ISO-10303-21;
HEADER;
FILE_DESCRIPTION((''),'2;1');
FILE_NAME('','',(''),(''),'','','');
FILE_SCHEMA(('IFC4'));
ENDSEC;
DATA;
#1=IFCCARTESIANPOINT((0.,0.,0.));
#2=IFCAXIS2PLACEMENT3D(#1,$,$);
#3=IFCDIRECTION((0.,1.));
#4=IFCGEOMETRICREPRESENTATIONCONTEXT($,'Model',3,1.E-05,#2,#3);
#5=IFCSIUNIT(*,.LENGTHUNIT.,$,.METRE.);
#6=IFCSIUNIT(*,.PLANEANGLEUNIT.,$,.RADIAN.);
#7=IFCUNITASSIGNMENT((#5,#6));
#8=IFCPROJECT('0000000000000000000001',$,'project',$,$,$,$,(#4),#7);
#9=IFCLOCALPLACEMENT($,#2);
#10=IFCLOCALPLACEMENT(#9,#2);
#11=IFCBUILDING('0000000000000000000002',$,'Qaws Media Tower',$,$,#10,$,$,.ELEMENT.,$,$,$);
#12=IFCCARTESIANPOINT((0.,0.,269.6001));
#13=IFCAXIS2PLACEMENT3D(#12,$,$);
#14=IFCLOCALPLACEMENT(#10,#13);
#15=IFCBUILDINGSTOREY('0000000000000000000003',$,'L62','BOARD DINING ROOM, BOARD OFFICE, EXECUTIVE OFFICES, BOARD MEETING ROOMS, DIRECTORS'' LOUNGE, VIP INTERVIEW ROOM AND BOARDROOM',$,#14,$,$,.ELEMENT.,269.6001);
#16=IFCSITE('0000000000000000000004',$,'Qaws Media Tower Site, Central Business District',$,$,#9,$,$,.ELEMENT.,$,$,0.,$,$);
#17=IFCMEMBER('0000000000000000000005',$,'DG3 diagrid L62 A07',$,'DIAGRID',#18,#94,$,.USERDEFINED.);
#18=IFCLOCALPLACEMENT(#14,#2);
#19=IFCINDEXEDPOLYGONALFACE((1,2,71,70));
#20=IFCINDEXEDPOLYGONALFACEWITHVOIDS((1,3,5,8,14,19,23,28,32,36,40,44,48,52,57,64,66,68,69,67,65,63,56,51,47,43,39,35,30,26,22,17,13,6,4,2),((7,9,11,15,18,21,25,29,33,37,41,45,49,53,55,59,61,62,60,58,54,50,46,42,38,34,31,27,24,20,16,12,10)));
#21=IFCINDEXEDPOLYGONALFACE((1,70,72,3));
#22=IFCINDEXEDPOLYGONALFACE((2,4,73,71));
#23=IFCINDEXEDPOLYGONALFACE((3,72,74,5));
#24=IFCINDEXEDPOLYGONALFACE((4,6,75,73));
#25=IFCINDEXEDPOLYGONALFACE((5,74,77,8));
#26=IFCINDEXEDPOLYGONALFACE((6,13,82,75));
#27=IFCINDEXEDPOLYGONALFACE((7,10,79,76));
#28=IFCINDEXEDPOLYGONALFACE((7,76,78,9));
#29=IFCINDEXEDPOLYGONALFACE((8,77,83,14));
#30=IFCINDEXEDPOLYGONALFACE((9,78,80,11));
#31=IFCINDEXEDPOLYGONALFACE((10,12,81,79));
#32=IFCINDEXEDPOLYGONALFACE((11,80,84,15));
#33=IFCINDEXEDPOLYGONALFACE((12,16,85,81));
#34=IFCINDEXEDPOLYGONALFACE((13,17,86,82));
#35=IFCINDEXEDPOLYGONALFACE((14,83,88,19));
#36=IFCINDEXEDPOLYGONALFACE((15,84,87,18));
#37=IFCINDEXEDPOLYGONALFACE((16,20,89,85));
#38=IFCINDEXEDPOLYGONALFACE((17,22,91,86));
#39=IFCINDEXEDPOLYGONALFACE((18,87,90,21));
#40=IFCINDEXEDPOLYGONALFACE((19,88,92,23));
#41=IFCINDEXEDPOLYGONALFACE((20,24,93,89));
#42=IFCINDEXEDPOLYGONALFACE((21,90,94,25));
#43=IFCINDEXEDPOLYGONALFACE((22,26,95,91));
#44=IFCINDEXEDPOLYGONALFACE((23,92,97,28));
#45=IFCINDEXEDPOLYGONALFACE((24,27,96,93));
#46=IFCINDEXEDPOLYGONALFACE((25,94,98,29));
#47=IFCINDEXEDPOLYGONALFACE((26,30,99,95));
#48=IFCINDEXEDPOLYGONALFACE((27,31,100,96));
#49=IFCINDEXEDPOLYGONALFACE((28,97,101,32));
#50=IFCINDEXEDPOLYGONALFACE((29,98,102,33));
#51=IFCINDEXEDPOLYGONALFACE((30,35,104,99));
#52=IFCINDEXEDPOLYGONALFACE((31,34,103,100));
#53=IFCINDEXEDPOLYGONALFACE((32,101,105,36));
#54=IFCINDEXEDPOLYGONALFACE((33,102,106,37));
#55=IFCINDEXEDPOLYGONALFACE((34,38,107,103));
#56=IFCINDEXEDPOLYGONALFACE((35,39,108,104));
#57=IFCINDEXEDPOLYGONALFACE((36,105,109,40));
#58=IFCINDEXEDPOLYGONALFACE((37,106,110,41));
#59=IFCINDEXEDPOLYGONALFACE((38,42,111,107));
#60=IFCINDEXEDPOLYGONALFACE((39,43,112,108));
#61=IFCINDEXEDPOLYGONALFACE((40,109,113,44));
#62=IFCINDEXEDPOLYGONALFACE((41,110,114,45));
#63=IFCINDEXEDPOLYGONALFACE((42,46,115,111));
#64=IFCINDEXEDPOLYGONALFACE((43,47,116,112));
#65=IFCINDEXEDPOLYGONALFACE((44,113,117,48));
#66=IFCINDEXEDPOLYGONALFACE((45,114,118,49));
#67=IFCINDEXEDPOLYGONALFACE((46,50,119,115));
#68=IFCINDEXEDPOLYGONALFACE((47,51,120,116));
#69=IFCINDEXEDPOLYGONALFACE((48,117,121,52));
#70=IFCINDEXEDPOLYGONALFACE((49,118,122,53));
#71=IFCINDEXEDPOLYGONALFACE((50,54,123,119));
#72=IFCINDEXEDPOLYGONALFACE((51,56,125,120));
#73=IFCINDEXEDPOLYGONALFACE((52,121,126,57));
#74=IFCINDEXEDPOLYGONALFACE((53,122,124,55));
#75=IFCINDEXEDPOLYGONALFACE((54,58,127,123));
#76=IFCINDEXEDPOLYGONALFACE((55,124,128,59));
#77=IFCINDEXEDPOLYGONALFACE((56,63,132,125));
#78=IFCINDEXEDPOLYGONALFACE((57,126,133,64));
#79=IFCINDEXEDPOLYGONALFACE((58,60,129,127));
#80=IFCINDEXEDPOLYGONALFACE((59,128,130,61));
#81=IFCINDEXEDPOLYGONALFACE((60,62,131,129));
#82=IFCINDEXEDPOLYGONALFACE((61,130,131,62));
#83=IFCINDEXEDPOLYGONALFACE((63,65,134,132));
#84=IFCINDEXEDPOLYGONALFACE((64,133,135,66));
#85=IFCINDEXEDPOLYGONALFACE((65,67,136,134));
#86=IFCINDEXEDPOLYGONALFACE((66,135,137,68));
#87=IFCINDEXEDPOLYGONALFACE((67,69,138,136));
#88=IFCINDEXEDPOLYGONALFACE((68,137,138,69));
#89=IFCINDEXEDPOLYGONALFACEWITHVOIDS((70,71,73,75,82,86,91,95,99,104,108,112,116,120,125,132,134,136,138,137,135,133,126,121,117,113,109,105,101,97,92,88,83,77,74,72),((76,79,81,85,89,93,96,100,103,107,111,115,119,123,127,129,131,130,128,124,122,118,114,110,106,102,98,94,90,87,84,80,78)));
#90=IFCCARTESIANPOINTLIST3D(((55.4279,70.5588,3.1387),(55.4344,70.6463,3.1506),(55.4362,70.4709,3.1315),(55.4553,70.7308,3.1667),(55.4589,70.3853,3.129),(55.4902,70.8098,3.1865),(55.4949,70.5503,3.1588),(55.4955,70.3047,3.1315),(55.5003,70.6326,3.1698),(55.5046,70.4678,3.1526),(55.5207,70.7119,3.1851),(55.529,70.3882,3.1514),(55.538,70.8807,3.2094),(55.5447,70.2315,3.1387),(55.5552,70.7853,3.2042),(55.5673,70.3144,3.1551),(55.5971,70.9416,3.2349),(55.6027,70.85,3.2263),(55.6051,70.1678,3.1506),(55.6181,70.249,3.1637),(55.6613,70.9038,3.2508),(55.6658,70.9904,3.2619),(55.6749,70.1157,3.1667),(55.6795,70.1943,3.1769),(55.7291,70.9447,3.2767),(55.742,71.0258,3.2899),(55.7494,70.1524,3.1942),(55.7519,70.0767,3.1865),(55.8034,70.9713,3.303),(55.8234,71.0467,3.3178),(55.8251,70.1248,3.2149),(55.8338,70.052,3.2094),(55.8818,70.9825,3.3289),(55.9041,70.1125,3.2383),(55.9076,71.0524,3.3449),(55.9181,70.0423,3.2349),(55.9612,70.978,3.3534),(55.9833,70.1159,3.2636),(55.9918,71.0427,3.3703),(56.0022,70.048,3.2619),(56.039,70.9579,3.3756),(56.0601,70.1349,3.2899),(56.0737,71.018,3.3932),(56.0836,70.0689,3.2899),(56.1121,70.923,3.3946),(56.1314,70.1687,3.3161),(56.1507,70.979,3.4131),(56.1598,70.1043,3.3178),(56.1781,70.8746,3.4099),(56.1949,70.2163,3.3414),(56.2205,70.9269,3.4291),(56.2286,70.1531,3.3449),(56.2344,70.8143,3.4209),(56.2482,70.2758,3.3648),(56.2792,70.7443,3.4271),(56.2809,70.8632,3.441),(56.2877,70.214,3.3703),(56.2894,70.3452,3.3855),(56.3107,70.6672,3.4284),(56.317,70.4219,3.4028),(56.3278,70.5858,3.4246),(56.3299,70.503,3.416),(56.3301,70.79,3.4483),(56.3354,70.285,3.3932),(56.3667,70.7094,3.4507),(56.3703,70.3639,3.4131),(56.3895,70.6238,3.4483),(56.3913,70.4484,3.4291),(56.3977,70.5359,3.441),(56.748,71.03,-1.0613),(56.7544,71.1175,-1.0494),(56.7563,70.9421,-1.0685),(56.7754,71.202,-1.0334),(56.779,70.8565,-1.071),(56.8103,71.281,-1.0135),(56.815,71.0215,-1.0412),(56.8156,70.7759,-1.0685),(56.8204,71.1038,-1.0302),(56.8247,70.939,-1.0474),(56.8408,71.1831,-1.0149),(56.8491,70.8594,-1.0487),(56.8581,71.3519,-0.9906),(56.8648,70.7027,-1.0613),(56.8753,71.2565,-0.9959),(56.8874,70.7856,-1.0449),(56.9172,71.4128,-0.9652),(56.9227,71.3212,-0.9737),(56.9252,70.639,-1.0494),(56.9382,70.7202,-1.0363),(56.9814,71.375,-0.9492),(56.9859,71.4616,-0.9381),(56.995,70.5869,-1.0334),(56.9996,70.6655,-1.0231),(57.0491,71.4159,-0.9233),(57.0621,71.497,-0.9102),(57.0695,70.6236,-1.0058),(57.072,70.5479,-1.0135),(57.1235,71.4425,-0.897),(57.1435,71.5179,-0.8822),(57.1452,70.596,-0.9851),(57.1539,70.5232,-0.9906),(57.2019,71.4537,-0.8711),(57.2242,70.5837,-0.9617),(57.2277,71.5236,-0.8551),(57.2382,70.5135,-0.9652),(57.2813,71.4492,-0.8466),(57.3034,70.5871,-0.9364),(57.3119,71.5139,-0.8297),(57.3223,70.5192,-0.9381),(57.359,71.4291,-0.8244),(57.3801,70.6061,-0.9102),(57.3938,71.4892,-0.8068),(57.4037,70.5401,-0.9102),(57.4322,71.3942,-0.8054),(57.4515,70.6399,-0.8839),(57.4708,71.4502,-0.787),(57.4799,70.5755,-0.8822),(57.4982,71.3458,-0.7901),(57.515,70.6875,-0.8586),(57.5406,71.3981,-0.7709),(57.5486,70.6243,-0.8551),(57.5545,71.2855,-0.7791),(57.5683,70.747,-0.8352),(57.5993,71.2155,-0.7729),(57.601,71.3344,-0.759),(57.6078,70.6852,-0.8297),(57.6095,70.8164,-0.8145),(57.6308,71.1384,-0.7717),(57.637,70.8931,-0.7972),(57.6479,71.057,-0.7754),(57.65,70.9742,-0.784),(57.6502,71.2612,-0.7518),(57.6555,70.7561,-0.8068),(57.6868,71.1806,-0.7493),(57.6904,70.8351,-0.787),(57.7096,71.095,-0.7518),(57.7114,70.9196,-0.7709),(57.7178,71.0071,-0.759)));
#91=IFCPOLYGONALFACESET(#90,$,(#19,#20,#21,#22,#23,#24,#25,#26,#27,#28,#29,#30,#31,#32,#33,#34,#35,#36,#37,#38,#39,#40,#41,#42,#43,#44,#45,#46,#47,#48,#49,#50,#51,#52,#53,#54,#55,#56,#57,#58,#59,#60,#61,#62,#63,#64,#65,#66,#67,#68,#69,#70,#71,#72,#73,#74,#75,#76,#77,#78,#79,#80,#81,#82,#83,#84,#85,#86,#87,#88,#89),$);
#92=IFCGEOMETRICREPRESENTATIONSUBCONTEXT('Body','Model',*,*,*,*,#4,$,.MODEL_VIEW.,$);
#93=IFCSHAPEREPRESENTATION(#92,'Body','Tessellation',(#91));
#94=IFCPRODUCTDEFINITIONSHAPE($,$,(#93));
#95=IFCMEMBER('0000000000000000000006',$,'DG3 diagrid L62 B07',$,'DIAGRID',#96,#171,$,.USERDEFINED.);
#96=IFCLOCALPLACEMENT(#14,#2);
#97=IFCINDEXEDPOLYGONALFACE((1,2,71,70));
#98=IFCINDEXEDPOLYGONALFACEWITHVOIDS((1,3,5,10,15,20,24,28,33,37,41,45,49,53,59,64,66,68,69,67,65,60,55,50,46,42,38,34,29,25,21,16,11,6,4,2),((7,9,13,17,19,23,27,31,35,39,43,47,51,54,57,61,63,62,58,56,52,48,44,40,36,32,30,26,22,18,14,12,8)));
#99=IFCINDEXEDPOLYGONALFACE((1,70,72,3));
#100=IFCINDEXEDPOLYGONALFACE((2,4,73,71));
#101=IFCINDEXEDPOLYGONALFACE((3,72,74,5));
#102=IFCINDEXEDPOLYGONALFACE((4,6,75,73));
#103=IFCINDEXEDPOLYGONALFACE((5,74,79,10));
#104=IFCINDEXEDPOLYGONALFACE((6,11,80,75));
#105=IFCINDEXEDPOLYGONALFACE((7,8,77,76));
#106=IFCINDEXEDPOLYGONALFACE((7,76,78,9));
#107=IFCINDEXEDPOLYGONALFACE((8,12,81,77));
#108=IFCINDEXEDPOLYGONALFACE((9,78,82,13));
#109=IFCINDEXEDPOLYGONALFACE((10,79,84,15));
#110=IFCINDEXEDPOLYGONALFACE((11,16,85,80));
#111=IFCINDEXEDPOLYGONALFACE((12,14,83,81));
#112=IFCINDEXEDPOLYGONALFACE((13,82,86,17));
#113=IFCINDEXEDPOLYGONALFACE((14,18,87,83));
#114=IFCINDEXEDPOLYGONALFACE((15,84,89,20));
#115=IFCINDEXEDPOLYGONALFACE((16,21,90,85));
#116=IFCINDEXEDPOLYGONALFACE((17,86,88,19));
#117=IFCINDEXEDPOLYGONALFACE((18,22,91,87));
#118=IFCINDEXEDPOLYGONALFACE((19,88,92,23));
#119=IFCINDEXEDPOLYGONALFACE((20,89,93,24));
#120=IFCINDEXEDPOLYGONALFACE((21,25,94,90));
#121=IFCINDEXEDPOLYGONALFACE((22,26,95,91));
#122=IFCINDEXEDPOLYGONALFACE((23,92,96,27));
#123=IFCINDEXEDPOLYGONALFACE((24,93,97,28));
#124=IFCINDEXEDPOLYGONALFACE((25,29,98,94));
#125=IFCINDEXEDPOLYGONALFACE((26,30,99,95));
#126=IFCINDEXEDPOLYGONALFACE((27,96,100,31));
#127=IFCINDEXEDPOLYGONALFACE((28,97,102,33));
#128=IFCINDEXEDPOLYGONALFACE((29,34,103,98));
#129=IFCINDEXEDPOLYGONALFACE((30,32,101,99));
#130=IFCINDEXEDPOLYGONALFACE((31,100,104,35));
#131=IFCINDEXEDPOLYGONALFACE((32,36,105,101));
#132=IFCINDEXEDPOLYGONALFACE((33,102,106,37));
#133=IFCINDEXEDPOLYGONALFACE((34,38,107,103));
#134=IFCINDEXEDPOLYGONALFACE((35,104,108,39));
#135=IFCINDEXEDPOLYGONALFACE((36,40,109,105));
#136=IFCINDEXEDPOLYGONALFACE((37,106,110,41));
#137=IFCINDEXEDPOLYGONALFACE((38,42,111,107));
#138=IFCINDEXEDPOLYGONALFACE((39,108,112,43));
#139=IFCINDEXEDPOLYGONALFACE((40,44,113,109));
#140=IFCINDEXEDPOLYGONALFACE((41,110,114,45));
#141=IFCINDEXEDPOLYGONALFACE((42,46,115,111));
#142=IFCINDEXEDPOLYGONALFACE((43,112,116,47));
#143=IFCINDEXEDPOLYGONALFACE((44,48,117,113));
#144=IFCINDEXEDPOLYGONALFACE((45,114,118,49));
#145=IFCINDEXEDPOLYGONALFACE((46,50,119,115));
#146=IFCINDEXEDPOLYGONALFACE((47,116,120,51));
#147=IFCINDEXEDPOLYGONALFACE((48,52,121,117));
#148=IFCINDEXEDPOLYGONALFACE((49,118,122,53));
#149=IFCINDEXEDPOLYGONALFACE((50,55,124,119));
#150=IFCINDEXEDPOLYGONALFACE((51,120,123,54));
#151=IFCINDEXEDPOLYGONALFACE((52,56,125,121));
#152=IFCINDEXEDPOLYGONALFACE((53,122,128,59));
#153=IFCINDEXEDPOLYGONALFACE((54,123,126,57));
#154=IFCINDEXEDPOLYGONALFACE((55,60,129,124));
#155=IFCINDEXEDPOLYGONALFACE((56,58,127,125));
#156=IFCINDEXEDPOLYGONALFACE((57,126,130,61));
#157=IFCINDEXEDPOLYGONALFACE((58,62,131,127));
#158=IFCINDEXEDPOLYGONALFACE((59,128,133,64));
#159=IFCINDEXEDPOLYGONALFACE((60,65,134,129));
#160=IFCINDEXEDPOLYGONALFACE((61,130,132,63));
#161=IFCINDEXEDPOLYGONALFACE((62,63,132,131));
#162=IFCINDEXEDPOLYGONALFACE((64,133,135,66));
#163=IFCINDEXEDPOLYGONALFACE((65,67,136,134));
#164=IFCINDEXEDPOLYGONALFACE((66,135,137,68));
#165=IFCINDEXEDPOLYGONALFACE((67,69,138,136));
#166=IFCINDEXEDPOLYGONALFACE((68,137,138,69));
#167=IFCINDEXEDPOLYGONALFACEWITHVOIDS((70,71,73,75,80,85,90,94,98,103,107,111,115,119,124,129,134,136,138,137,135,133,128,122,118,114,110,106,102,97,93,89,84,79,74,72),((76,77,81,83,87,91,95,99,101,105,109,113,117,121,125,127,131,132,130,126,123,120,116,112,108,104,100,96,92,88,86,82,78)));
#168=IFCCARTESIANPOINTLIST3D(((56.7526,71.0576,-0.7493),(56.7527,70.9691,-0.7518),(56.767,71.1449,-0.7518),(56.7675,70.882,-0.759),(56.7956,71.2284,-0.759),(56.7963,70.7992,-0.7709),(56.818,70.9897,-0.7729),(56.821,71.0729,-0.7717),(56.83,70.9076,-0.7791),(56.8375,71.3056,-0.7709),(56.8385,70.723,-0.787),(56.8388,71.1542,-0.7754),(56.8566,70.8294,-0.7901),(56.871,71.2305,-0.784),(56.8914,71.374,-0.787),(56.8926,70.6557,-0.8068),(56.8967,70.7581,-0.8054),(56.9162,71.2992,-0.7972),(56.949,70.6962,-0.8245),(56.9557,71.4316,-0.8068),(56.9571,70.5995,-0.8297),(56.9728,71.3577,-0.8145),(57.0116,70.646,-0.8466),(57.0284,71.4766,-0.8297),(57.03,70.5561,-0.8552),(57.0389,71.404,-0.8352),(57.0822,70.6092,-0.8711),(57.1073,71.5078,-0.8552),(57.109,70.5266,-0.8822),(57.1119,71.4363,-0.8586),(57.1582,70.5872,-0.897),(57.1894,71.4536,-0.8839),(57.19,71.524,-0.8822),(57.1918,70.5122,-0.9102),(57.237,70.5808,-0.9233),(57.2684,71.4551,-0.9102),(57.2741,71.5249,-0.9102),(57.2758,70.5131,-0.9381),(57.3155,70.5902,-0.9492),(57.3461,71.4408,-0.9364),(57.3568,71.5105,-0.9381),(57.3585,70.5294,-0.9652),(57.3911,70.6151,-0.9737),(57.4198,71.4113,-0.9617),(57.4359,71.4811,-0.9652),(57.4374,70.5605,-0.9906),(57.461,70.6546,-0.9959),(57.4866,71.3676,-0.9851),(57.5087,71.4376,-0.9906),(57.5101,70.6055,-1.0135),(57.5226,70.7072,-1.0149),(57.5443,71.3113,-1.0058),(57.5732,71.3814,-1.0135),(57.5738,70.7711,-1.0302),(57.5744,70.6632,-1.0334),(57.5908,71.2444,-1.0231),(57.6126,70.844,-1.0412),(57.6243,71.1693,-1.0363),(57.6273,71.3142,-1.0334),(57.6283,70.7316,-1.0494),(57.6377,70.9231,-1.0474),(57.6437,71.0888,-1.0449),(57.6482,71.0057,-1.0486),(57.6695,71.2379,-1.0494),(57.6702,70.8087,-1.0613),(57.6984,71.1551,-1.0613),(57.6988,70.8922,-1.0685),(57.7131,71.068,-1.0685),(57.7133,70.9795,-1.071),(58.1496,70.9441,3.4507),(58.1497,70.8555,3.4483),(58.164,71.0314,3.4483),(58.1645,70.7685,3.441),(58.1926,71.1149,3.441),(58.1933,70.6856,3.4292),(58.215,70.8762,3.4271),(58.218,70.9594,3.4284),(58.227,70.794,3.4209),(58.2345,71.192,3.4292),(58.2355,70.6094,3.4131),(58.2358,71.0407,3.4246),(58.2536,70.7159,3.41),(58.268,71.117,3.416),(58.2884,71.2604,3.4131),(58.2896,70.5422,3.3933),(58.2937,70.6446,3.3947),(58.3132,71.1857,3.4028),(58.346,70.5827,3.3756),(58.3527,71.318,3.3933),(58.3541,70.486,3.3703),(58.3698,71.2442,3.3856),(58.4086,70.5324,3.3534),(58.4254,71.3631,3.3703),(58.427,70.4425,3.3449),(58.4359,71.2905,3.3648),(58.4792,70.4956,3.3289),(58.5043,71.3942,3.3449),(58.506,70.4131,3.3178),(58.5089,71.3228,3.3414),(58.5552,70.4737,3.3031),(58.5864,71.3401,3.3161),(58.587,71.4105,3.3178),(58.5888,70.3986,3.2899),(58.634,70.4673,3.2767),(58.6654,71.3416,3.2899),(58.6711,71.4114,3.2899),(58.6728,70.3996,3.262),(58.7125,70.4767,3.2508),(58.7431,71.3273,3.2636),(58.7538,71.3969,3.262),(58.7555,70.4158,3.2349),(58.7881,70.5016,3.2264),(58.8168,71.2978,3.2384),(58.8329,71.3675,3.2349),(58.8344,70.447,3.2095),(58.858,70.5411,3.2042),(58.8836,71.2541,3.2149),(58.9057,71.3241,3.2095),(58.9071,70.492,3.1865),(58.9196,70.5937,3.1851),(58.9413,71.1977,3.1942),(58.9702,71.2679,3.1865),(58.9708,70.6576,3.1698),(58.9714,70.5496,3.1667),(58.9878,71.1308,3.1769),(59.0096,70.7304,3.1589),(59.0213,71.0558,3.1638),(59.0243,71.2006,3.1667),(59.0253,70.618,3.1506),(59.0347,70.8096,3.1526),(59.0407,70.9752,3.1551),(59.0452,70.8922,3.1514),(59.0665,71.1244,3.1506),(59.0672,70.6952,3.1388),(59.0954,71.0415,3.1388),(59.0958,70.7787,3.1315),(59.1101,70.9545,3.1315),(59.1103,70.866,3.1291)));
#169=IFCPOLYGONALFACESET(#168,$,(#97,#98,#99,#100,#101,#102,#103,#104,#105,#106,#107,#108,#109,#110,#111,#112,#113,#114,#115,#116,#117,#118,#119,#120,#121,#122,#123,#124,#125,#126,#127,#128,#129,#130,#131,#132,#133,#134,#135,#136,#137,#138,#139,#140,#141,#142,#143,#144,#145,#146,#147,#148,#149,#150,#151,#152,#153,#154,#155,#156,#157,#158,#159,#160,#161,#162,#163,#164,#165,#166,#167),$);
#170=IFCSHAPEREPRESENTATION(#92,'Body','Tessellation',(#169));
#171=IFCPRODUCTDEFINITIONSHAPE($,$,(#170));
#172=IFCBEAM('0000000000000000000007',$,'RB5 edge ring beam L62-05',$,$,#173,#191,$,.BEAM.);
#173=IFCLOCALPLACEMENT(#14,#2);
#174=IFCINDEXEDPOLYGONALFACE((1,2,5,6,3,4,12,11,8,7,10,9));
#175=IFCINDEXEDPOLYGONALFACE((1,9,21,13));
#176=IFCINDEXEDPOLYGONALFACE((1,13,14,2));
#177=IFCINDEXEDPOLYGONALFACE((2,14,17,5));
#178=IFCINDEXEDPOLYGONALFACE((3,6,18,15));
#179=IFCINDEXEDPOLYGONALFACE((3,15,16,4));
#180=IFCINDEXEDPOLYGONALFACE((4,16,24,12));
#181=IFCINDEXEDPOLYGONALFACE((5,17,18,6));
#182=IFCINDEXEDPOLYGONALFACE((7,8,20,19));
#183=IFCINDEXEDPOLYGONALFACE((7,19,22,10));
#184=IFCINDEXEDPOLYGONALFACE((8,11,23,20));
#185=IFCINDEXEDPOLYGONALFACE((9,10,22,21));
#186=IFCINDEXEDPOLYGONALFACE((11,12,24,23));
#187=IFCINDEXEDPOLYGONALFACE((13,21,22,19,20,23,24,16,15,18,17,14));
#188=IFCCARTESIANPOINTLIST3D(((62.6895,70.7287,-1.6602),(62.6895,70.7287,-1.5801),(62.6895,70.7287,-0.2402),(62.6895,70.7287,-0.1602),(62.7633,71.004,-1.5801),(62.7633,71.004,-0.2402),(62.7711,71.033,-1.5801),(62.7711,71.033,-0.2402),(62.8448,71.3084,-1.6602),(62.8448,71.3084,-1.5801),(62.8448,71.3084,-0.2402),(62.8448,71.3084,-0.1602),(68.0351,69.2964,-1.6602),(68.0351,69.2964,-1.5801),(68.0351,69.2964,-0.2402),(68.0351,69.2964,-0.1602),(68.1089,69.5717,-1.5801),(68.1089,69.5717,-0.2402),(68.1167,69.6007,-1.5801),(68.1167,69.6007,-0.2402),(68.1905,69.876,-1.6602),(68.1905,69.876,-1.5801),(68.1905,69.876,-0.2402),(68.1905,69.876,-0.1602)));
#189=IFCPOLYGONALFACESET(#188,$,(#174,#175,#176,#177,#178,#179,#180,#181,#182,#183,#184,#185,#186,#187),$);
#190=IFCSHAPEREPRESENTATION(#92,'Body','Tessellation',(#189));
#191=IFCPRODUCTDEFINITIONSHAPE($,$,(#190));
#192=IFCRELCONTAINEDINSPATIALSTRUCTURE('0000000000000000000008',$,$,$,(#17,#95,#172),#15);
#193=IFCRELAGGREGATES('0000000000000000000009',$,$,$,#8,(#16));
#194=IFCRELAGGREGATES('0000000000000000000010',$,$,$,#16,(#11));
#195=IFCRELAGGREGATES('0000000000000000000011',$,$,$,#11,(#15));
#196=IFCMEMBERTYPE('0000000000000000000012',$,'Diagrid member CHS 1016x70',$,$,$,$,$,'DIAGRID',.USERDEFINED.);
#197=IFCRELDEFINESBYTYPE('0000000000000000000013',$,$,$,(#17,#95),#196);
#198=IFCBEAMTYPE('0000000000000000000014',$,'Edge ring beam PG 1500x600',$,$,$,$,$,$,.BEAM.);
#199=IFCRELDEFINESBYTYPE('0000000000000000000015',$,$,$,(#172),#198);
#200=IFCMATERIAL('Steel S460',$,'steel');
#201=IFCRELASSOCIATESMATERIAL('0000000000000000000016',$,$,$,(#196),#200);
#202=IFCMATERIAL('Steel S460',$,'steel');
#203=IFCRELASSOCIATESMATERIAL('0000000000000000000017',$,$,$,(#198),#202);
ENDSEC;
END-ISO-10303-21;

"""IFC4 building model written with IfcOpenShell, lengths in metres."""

from ifc_helpers import new_model, si_unit, direction, frame, origin, origin_2d, place, context, subcontext, project, spatial, hollow_circle, i_section, extrude, material, material_profile, profile_set, type_object, element, save


model = new_model("IFC4")

# Units and contexts
model_context = context("Model", 3, precision=1e-05, world=origin(), true_north=direction((0.0, 1.0)))
body_context = subcontext(model_context, "Body", "Model", "MODEL_VIEW")
ifc_project = project(units=[si_unit("LENGTHUNIT", "METRE"), si_unit("PLANEANGLEUNIT", "RADIAN")], contexts=[model_context])

# Site, building, storey
site_placement = place(None, origin())
site = spatial("IfcSite", under=ifc_project, at=site_placement, Name="Qaws Media Tower Site, Central Business District", CompositionType="ELEMENT", RefElevation=0.0)
building_placement = place(site_placement, origin())
building = spatial("IfcBuilding", under=site, at=building_placement, Name="Qaws Media Tower", CompositionType="ELEMENT")
storey_placement = place(building_placement, frame((0.0, 0.0, 269.6001)))
storey = spatial("IfcBuildingStorey", under=building, at=storey_placement, Name="L62", Description="BOARD DINING ROOM, BOARD OFFICE, EXECUTIVE OFFICES, BOARD MEETING ROOMS, DIRECTORS' LOUNGE, VIP INTERVIEW ROOM AND BOARDROOM", CompositionType="ELEMENT", Elevation=269.6001)

# Members
ifc_material_1 = material(Name="Steel S460", Category="steel")
ifc_material_profile_1 = material_profile(ifc_material_1, hollow_circle(Radius=0.5081, WallThickness=0.0701, at=origin_2d()), Name="CHS 1016x70")
ifc_profile_set_1 = profile_set([ifc_material_profile_1], Name="Steel S460")
member_type_1 = type_object("IfcMemberType", Name="Diagrid member CHS 1016x70", ElementType="DIAGRID", PredefinedType="USERDEFINED", material=ifc_profile_set_1)
for number, where, z_axis, x_axis, name in (
    (1, (57.2329, 71.0186, -0.9102), (-0.298141, -0.10642, 0.948571), (0.336171, -0.941801, 0.0), "DG3 diagrid L62 A07"),
    (2, (57.2329, 71.0186, -0.9102), (0.315512, -0.02564, 0.948575), (0.080998, 0.996714, 0.0), "DG3 diagrid L62 B07"),
):
    element("IfcMember", number, at=place(storey_placement, frame(where, z_axis=z_axis, x_axis=x_axis)), inside=storey, type_object=member_type_1, Name=name, ObjectType="DIAGRID", PredefinedType="USERDEFINED", context=body_context, shape_type="SweptSolid", body=[
        extrude(hollow_circle(Radius=0.5081, WallThickness=0.0701, at=origin_2d()), origin(), (0.0, 0.0, 1.0), 4.4277),
    ])

# Beam
ifc_material_2 = material(Name="Steel S460", Category="steel")
ifc_material_profile_2 = material_profile(ifc_material_2, i_section(OverallWidth=0.6001, OverallDepth=1.5, WebThickness=0.03, FlangeThickness=0.0801, at=origin_2d()), Name="PG 1500x600")
ifc_profile_set_2 = profile_set([ifc_material_profile_2], Name="Steel S460")
beam_type = type_object("IfcBeamType", Name="Edge ring beam PG 1500x600", PredefinedType="BEAM", material=ifc_profile_set_2)
for number, where, z_axis, x_axis, name in (
    (3, (68.1128, 69.5862, -0.9102), (-0.965926, 0.258818, 0.0), (-0.258818, -0.965926, 0.0), "RB5 edge ring beam L62-05"),
):
    element("IfcBeam", number, at=place(storey_placement, frame(where, z_axis=z_axis, x_axis=x_axis)), inside=storey, type_object=beam_type, Name=name, PredefinedType="BEAM", context=body_context, shape_type="SweptSolid", body=[
        extrude(i_section(OverallWidth=0.6001, OverallDepth=1.5, WebThickness=0.03, FlangeThickness=0.0801, at=origin_2d()), origin(), (0.0, 0.0, 1.0), 5.5342),
    ])

save(model, "model.ifc")
